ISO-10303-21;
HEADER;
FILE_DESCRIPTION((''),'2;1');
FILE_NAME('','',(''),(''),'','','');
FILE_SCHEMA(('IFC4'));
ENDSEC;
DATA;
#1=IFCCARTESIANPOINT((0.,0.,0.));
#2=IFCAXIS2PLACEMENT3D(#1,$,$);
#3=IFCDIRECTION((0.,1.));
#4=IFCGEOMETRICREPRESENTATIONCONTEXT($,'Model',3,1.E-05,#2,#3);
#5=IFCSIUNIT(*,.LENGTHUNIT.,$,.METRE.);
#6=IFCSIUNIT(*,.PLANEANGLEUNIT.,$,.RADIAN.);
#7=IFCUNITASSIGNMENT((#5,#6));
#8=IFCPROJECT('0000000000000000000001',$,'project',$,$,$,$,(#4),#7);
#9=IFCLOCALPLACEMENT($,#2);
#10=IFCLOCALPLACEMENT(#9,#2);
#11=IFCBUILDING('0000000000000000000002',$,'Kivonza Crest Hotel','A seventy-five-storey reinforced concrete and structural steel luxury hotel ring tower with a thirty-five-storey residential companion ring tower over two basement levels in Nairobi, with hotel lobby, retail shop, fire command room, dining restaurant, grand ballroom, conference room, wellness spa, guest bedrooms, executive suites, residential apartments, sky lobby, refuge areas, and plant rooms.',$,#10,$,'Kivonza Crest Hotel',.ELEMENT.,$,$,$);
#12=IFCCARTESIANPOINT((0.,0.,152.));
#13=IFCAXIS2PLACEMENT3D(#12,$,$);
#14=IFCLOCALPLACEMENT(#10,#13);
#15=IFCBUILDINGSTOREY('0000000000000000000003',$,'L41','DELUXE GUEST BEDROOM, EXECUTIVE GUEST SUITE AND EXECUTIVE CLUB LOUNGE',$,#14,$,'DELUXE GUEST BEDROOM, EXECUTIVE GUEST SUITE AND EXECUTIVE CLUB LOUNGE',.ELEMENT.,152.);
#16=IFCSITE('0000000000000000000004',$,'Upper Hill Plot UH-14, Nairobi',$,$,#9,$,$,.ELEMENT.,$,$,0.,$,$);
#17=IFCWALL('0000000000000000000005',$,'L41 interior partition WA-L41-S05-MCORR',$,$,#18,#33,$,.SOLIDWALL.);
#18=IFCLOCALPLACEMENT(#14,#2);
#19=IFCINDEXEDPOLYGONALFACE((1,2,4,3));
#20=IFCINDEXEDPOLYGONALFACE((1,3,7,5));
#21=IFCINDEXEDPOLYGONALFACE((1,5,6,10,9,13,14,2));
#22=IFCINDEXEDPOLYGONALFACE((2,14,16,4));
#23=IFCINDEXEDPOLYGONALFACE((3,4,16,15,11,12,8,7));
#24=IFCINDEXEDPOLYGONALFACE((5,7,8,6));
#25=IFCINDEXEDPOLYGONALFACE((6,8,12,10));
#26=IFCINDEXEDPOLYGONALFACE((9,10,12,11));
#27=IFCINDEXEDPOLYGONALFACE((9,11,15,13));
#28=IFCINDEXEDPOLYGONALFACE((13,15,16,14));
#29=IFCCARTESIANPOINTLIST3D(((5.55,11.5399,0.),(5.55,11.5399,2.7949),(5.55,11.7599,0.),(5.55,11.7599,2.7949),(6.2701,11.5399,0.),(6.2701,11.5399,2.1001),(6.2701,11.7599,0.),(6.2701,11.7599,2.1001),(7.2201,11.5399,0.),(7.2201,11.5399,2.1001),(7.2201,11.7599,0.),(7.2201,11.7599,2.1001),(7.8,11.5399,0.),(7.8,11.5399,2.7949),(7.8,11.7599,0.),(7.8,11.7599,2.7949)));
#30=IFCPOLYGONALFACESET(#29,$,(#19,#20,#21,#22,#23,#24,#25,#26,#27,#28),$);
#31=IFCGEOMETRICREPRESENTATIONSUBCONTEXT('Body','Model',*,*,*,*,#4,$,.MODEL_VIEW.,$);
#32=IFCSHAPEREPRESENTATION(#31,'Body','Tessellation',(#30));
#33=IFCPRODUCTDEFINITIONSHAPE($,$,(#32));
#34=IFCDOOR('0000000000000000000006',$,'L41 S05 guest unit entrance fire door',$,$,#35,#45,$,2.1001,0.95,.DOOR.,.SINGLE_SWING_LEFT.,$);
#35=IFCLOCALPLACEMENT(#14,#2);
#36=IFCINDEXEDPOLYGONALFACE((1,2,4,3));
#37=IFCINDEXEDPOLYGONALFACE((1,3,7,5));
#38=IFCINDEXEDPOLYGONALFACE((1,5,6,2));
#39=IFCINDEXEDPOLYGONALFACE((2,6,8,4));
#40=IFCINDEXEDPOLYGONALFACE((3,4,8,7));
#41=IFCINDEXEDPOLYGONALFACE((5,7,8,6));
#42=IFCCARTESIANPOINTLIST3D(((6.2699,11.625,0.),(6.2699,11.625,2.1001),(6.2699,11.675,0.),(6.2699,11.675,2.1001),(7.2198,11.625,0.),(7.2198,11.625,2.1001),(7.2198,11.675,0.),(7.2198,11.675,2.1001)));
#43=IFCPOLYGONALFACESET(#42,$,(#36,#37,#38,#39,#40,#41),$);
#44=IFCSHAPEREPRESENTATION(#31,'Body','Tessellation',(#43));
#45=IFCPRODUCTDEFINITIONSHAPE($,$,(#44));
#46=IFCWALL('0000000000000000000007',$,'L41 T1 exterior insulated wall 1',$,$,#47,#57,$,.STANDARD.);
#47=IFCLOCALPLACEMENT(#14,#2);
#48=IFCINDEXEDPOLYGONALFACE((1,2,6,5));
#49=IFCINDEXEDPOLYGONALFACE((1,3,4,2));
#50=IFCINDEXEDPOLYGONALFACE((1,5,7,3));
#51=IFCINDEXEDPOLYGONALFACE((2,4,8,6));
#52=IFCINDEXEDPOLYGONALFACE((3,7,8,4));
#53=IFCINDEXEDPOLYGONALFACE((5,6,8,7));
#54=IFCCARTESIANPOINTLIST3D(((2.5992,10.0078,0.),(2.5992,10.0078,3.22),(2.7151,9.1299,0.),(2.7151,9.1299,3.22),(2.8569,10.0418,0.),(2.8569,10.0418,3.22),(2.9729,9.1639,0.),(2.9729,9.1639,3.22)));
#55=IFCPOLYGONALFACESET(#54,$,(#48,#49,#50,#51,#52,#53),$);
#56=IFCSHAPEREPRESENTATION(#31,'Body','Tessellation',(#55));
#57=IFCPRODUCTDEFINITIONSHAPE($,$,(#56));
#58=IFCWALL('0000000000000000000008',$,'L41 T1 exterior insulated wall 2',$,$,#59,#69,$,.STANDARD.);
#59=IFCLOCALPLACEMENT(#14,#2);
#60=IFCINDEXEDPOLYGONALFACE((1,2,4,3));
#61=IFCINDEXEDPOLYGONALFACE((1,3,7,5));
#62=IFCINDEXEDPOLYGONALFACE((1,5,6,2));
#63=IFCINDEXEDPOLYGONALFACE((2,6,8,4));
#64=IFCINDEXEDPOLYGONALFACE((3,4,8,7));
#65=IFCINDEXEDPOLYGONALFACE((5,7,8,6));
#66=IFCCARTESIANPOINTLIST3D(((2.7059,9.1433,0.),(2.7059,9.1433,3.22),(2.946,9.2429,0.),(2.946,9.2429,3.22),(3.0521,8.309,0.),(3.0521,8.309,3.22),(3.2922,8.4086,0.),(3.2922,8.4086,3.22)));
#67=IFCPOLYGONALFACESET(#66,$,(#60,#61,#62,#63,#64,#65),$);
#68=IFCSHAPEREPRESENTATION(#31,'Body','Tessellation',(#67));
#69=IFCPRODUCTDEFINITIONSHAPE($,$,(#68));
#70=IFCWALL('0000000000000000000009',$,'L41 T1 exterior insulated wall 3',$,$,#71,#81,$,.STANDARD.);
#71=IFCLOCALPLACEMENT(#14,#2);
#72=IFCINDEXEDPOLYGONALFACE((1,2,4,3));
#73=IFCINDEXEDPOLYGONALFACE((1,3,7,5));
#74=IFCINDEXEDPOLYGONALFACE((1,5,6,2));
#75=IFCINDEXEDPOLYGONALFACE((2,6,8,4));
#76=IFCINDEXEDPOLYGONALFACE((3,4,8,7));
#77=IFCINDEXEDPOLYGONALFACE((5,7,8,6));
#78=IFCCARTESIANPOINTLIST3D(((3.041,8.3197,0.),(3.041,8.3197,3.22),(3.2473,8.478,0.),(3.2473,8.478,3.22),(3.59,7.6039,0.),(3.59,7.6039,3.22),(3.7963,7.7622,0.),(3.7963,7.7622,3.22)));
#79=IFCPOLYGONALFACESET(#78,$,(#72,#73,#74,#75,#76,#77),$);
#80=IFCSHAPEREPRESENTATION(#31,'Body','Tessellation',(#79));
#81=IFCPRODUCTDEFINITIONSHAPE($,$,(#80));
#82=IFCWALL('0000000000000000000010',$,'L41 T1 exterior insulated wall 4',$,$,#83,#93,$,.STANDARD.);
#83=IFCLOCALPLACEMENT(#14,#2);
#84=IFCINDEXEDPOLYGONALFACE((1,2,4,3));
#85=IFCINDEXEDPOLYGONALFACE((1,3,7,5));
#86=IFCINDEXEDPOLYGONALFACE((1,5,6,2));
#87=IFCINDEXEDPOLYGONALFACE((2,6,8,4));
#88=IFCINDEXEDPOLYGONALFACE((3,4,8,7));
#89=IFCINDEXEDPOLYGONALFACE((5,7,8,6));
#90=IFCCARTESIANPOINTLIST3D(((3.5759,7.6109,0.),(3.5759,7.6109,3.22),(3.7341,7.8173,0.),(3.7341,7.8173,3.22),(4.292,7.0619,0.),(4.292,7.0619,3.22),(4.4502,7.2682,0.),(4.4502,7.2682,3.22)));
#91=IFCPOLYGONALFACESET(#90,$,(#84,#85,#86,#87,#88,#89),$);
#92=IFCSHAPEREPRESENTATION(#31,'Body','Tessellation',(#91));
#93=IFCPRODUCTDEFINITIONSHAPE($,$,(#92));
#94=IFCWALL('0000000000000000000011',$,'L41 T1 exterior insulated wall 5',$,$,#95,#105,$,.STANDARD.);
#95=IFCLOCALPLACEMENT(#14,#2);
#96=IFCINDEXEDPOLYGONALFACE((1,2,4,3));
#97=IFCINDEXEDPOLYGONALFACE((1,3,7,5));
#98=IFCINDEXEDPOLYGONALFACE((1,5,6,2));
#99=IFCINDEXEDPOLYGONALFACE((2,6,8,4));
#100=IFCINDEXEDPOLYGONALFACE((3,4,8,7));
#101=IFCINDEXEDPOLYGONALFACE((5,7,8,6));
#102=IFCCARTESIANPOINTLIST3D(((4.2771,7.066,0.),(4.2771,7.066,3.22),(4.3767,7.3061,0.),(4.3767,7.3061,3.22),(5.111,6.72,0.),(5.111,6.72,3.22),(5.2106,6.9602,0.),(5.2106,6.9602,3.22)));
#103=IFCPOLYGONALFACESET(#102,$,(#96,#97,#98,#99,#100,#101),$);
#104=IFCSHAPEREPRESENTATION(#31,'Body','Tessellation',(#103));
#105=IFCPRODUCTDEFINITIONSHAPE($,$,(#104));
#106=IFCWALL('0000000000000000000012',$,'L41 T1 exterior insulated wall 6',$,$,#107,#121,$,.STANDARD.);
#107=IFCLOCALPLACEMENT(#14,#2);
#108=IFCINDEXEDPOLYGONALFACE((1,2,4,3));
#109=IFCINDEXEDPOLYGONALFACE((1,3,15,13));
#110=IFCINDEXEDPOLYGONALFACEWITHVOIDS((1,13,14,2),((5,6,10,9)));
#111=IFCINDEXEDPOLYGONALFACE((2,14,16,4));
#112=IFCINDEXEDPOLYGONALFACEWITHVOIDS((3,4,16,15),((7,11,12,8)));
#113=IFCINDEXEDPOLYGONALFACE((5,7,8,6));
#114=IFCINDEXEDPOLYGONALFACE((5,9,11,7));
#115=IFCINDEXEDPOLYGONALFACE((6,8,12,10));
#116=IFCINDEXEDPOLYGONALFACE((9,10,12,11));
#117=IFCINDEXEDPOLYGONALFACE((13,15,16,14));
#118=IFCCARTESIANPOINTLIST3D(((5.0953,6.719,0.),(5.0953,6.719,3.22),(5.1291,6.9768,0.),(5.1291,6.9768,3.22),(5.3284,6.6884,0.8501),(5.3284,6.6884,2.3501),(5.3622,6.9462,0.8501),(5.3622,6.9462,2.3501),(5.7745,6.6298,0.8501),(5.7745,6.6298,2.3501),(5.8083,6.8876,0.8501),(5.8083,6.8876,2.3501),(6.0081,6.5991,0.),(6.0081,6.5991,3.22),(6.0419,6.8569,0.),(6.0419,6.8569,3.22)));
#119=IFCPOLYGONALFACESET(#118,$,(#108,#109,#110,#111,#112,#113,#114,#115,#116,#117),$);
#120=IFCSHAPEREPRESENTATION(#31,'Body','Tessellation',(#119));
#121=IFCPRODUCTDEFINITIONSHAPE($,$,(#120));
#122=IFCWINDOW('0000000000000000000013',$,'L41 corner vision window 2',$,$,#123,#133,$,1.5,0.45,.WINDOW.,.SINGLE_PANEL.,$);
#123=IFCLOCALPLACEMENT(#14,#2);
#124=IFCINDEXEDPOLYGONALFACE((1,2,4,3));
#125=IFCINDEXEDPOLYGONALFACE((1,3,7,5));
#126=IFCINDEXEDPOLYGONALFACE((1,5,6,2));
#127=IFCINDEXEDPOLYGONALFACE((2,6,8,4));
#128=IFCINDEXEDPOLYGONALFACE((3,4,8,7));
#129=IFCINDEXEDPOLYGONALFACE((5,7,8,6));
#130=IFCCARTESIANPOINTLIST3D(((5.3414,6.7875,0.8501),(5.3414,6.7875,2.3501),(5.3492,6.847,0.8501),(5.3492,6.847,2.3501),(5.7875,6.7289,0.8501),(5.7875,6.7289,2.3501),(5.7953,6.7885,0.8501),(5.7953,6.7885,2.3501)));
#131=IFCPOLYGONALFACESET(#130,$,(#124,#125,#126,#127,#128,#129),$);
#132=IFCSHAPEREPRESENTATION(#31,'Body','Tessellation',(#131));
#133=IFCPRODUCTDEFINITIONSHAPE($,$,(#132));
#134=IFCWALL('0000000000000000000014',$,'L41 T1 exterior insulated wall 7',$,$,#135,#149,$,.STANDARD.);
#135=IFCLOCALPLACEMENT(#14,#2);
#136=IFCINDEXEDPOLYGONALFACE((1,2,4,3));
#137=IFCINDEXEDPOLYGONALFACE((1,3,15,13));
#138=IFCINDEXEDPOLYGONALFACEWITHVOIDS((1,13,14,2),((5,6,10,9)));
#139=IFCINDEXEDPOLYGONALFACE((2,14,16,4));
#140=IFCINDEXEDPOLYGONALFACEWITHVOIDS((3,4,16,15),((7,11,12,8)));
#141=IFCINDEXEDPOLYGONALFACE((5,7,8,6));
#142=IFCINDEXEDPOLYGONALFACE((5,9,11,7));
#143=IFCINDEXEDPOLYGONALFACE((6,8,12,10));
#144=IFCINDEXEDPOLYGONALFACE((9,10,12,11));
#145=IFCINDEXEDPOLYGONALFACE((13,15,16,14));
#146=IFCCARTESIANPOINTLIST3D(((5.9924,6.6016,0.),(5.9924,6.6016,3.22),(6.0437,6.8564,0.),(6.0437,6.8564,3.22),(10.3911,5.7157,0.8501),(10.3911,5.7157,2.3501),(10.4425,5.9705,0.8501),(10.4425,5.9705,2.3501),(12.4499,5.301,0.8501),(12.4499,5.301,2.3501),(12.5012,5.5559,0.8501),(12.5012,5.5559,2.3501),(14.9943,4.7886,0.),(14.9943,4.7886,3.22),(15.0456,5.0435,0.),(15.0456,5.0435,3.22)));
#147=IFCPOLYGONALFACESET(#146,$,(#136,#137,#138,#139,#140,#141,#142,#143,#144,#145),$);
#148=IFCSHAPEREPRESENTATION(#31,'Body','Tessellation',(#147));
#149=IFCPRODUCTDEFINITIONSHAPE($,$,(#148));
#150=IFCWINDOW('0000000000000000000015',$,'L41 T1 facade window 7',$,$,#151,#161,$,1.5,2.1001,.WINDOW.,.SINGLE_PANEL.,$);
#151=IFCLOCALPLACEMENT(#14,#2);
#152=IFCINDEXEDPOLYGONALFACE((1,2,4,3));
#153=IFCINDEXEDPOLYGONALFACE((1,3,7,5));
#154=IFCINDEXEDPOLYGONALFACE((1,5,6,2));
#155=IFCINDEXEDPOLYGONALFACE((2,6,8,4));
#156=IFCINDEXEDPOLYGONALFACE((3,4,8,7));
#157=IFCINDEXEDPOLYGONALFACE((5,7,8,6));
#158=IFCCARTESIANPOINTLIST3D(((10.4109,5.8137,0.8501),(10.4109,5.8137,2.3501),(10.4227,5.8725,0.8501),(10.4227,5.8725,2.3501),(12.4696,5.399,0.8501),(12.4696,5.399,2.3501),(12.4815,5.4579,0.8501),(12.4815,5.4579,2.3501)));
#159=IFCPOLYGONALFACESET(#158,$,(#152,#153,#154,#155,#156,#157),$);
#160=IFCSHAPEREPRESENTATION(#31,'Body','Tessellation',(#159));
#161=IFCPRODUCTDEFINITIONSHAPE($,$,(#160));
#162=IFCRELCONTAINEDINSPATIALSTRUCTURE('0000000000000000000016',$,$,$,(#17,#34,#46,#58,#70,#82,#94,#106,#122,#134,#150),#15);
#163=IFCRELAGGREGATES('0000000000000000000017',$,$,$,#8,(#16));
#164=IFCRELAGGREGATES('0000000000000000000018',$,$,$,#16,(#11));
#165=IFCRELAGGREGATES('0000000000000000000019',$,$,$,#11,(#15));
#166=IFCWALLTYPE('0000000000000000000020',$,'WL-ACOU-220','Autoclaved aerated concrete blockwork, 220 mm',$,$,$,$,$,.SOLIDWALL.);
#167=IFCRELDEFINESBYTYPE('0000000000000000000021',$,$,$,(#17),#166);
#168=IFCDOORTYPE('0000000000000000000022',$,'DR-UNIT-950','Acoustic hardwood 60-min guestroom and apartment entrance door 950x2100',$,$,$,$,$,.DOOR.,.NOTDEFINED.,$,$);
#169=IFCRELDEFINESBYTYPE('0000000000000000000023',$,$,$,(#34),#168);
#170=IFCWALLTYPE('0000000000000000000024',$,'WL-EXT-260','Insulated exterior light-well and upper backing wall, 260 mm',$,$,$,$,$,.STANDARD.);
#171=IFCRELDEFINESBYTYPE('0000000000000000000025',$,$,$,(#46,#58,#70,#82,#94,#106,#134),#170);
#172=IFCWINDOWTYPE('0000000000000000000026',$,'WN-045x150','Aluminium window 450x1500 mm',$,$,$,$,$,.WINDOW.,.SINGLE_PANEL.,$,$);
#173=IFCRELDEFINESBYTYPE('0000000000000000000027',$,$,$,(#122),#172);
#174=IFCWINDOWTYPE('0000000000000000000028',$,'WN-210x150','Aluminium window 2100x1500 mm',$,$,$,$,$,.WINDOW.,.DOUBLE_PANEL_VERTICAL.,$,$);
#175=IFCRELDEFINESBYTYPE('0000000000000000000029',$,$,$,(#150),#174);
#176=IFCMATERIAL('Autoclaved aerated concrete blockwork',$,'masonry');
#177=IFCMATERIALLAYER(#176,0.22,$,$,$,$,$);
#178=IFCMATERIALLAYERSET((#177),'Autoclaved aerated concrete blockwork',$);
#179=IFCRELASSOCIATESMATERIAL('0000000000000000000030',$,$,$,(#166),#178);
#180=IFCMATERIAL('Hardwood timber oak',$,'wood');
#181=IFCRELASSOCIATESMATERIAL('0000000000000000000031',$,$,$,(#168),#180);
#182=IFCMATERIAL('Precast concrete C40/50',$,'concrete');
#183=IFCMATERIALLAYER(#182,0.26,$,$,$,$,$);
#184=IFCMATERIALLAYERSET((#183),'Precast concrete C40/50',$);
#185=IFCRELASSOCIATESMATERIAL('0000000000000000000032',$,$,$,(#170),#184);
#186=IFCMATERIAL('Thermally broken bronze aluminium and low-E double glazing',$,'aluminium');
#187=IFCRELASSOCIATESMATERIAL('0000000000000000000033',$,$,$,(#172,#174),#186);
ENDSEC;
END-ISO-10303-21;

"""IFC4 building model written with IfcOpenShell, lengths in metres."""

from ifc_helpers import new_model, si_unit, direction, frame, frame_2d, origin, place, context, subcontext, project, spatial, rectangle, extrude, material, layer, layer_set, type_object, element, fill, save


model = new_model("IFC4")

# Units and contexts
model_context = context("Model", 3, precision=1e-05, world=origin(), true_north=direction((0.0, 1.0)))
body_context = subcontext(model_context, "Body", "Model", "MODEL_VIEW")
ifc_project = project(units=[si_unit("LENGTHUNIT", "METRE"), si_unit("PLANEANGLEUNIT", "RADIAN")], contexts=[model_context])

# Site, building, storey
site_placement = place(None, origin())
site = spatial("IfcSite", under=ifc_project, at=site_placement, Name="Upper Hill Plot UH-14, Nairobi", CompositionType="ELEMENT", RefElevation=0.0)
building_placement = place(site_placement, origin())
building = spatial("IfcBuilding", under=site, at=building_placement, Name="Kivonza Crest Hotel", Description="A seventy-five-storey reinforced concrete and structural steel luxury hotel ring tower with a thirty-five-storey residential companion ring tower over two basement levels in Nairobi, with hotel lobby, retail shop, fire command room, dining restaurant, grand ballroom, conference room, wellness spa, guest bedrooms, executive suites, residential apartments, sky lobby, refuge areas, and plant rooms.", LongName="Kivonza Crest Hotel", CompositionType="ELEMENT")
storey_placement = place(building_placement, frame((0.0, 0.0, 152.0)))
storey = spatial("IfcBuildingStorey", under=building, at=storey_placement, Name="L41", Description="DELUXE GUEST BEDROOM, EXECUTIVE GUEST SUITE AND EXECUTIVE CLUB LOUNGE", LongName="DELUXE GUEST BEDROOM, EXECUTIVE GUEST SUITE AND EXECUTIVE CLUB LOUNGE", CompositionType="ELEMENT", Elevation=152.0)

# Shared definitions
ifc_material_1 = material(Name="Autoclaved aerated concrete blockwork", Category="masonry")
ifc_layer_1 = layer(ifc_material_1, 0.22)
ifc_layer_set_1 = layer_set([ifc_layer_1], Name="Autoclaved aerated concrete blockwork")
wall_type_1 = type_object("IfcWallType", Name="WL-ACOU-220", Description="Autoclaved aerated concrete blockwork, 220 mm", PredefinedType="SOLIDWALL", material=ifc_layer_set_1)

# Wall, opening, door
wall_1_placement = place(storey_placement, frame((5.55, 11.6499, 0.0), z_axis=(0.0, 0.0, 1.0), x_axis=(1.0, 0.0, 0.0)))
wall_1 = element("IfcWall", 1, at=wall_1_placement, inside=storey, type_object=wall_type_1, Name="L41 interior partition WA-L41-S05-MCORR", PredefinedType="SOLIDWALL", context=body_context, shape_type="SweptSolid", body=[
    extrude(rectangle(XDim=2.25, YDim=0.22, at=frame_2d((1.125, 0.0))), origin(), (0.0, 0.0, 1.0), 2.7949),
])
opening_1_placement = place(wall_1_placement, frame((0.72, 0.0, 0.0)))
opening_1 = element("IfcOpeningElement", 2, at=opening_1_placement, cuts=wall_1, PredefinedType="OPENING", context=body_context, shape_type="SweptSolid", body=[
    extrude(rectangle(XDim=0.95, YDim=2.1001, at=frame_2d((0.4751, 1.05))), frame((0.0, 0.1201, 0.0), z_axis=(0.0, -1.0, 0.0), x_axis=(1.0, 0.0, 0.0)), (0.0, 0.0, 1.0), 0.24),
])
ifc_material_2 = material(Name="Hardwood timber oak", Category="wood")
door_type_1 = type_object("IfcDoorType", Name="DR-UNIT-950", Description="Acoustic hardwood 60-min guestroom and apartment entrance door 950x2100", OperationType="NOTDEFINED", PredefinedType="DOOR", material=ifc_material_2)
door_1_placement = place(opening_1_placement, frame((0.95, 0.0, 0.0), z_axis=(0.0, 0.0, 1.0), x_axis=(-1.0, 0.0, 0.0)))
door_1 = element("IfcDoor", 3, at=door_1_placement, inside=storey, type_object=door_type_1, Name="L41 S05 guest unit entrance fire door", OperationType="SINGLE_SWING_LEFT", OverallHeight=2.1001, OverallWidth=0.95, PredefinedType="DOOR", context=body_context, shape_type="SweptSolid", body=[
    extrude(rectangle(XDim=0.95, YDim=2.1001, at=frame_2d((0.4751, 1.05))), frame((0.0, 0.0249, 0.0), z_axis=(0.0, -1.0, 0.0), x_axis=(1.0, 0.0, 0.0)), (0.0, 0.0, 1.0), 0.05),
])
fill(opening_1, door_1)

# Walls
ifc_material_3 = material(Name="Precast concrete C40/50", Category="concrete")
ifc_layer_2 = layer(ifc_material_3, 0.26)
ifc_layer_set_2 = layer_set([ifc_layer_2], Name="Precast concrete C40/50")
wall_type_2 = type_object("IfcWallType", Name="WL-EXT-260", Description="Insulated exterior light-well and upper backing wall, 260 mm", PredefinedType="STANDARD", material=ifc_layer_set_2)
wall_2_placement = place(storey_placement, frame((2.728, 10.0249, 0.0), z_axis=(0.0, 0.0, 1.0), x_axis=(0.130954, -0.991388, 0.0)))
element("IfcWall", 4, at=wall_2_placement, inside=storey, type_object=wall_type_2, Name="L41 T1 exterior insulated wall 1", PredefinedType="STANDARD", context=body_context, shape_type="SweptSolid", body=[
    extrude(rectangle(XDim=0.8855, YDim=0.26, at=frame_2d((0.4429, 0.0))), origin(), (0.0, 0.0, 1.0), 3.22),
])
wall_3_placement = place(storey_placement, frame((2.8259, 9.1931, 0.0), z_axis=(0.0, 0.0, 1.0), x_axis=(0.383291, -0.923628, 0.0)))
element("IfcWall", 5, at=wall_3_placement, inside=storey, type_object=wall_type_2, Name="L41 T1 exterior insulated wall 2", PredefinedType="STANDARD", context=body_context, shape_type="SweptSolid", body=[
    extrude(rectangle(XDim=0.9033, YDim=0.26, at=frame_2d((0.4517, 0.0))), origin(), (0.0, 0.0, 1.0), 3.22),
])
wall_4_placement = place(storey_placement, frame((3.144, 8.3989, 0.0), z_axis=(0.0, 0.0, 1.0), x_axis=(0.608625, -0.793458, 0.0)))
element("IfcWall", 6, at=wall_4_placement, inside=storey, type_object=wall_type_2, Name="L41 T1 exterior insulated wall 3", PredefinedType="STANDARD", context=body_context, shape_type="SweptSolid", body=[
    extrude(rectangle(XDim=0.9021, YDim=0.26, at=frame_2d((0.4512, 0.0))), origin(), (0.0, 0.0, 1.0), 3.22),
])
wall_5_placement = place(storey_placement, frame((3.655, 7.7141, 0.0), z_axis=(0.0, 0.0, 1.0), x_axis=(0.793558, -0.608494, 0.0)))
element("IfcWall", 7, at=wall_5_placement, inside=storey, type_object=wall_type_2, Name="L41 T1 exterior insulated wall 4", PredefinedType="STANDARD", context=body_context, shape_type="SweptSolid", body=[
    extrude(rectangle(XDim=0.9023, YDim=0.26, at=frame_2d((0.4512, 0.0))), origin(), (0.0, 0.0, 1.0), 3.22),
])
wall_6_placement = place(storey_placement, frame((4.3269, 7.186, 0.0), z_axis=(0.0, 0.0, 1.0), x_axis=(0.923684, -0.383156, 0.0)))
element("IfcWall", 8, at=wall_6_placement, inside=storey, type_object=wall_type_2, Name="L41 T1 exterior insulated wall 5", PredefinedType="STANDARD", context=body_context, shape_type="SweptSolid", body=[
    extrude(rectangle(XDim=0.9028, YDim=0.26, at=frame_2d((0.4514, 0.0))), origin(), (0.0, 0.0, 1.0), 3.22),
])

# Walls, openings, windows
wall_7_placement = place(storey_placement, frame((5.1121, 6.8479, 0.0), z_axis=(0.0, 0.0, 1.0), x_axis=(0.991488, -0.130201, 0.0)))
wall_7 = element("IfcWall", 9, at=wall_7_placement, inside=storey, type_object=wall_type_2, Name="L41 T1 exterior insulated wall 6", PredefinedType="STANDARD", context=body_context, shape_type="SweptSolid", body=[
    extrude(rectangle(XDim=0.9207, YDim=0.26, at=frame_2d((0.4604, 0.0))), origin(), (0.0, 0.0, 1.0), 3.22),
])
opening_2_placement = place(wall_7_placement, frame((0.2351, 0.0, 0.8501)))
opening_2 = element("IfcOpeningElement", 10, at=opening_2_placement, cuts=wall_7, PredefinedType="OPENING", context=body_context, shape_type="SweptSolid", body=[
    extrude(rectangle(XDim=0.45, YDim=1.5, at=frame_2d((0.2251, 0.75))), frame((0.0, 0.1401, 0.0), z_axis=(0.0, -1.0, 0.0), x_axis=(1.0, 0.0, 0.0)), (0.0, 0.0, 1.0), 0.28),
])
ifc_material_4 = material(Name="Thermally broken bronze aluminium and low-E double glazing", Category="aluminium")
window_type_1 = type_object("IfcWindowType", Name="WN-045x150", Description="Aluminium window 450x1500 mm", PartitioningType="SINGLE_PANEL", PredefinedType="WINDOW", material=ifc_material_4)
window_1_placement = place(opening_2_placement, origin())
window_1 = element("IfcWindow", 11, at=window_1_placement, inside=storey, type_object=window_type_1, Name="L41 corner vision window 2", OverallHeight=1.5, OverallWidth=0.45, PartitioningType="SINGLE_PANEL", PredefinedType="WINDOW", context=body_context, shape_type="SweptSolid", body=[
    extrude(rectangle(XDim=0.45, YDim=1.5, at=frame_2d((0.2251, 0.75))), frame((0.0, 0.03, 0.0), z_axis=(0.0, -1.0, 0.0), x_axis=(1.0, 0.0, 0.0)), (0.0, 0.0, 1.0), 0.0601),
])
fill(opening_2, window_1)
wall_8_placement = place(storey_placement, frame((6.0181, 6.729, 0.0), z_axis=(0.0, 0.0, 1.0), x_axis=(0.980316, -0.197435, 0.0)))
wall_8 = element("IfcWall", 12, at=wall_8_placement, inside=storey, type_object=wall_type_2, Name="L41 T1 exterior insulated wall 7", PredefinedType="STANDARD", context=body_context, shape_type="SweptSolid", body=[
    extrude(rectangle(XDim=9.1826, YDim=0.26, at=frame_2d((4.5913, 0.0))), origin(), (0.0, 0.0, 1.0), 3.22),
])
opening_3_placement = place(wall_8_placement, frame((4.4871, 0.0, 0.8501)))
opening_3 = element("IfcOpeningElement", 13, at=opening_3_placement, cuts=wall_8, PredefinedType="OPENING", context=body_context, shape_type="SweptSolid", body=[
    extrude(rectangle(XDim=2.1001, YDim=1.5, at=frame_2d((1.05, 0.75))), frame((0.0, 0.1401, 0.0), z_axis=(0.0, -1.0, 0.0), x_axis=(1.0, 0.0, 0.0)), (0.0, 0.0, 1.0), 0.28),
])
window_type_2 = type_object("IfcWindowType", Name="WN-210x150", Description="Aluminium window 2100x1500 mm", PartitioningType="DOUBLE_PANEL_VERTICAL", PredefinedType="WINDOW", material=ifc_material_4)
window_2_placement = place(opening_3_placement, origin())
window_2 = element("IfcWindow", 14, at=window_2_placement, inside=storey, type_object=window_type_2, Name="L41 T1 facade window 7", OverallHeight=1.5, OverallWidth=2.1001, PartitioningType="SINGLE_PANEL", PredefinedType="WINDOW", context=body_context, shape_type="SweptSolid", body=[
    extrude(rectangle(XDim=2.1001, YDim=1.5, at=frame_2d((1.05, 0.75))), frame((0.0, 0.03, 0.0), z_axis=(0.0, -1.0, 0.0), x_axis=(1.0, 0.0, 0.0)), (0.0, 0.0, 1.0), 0.0601),
])
fill(opening_3, window_2)

save(model, "model.ifc")
